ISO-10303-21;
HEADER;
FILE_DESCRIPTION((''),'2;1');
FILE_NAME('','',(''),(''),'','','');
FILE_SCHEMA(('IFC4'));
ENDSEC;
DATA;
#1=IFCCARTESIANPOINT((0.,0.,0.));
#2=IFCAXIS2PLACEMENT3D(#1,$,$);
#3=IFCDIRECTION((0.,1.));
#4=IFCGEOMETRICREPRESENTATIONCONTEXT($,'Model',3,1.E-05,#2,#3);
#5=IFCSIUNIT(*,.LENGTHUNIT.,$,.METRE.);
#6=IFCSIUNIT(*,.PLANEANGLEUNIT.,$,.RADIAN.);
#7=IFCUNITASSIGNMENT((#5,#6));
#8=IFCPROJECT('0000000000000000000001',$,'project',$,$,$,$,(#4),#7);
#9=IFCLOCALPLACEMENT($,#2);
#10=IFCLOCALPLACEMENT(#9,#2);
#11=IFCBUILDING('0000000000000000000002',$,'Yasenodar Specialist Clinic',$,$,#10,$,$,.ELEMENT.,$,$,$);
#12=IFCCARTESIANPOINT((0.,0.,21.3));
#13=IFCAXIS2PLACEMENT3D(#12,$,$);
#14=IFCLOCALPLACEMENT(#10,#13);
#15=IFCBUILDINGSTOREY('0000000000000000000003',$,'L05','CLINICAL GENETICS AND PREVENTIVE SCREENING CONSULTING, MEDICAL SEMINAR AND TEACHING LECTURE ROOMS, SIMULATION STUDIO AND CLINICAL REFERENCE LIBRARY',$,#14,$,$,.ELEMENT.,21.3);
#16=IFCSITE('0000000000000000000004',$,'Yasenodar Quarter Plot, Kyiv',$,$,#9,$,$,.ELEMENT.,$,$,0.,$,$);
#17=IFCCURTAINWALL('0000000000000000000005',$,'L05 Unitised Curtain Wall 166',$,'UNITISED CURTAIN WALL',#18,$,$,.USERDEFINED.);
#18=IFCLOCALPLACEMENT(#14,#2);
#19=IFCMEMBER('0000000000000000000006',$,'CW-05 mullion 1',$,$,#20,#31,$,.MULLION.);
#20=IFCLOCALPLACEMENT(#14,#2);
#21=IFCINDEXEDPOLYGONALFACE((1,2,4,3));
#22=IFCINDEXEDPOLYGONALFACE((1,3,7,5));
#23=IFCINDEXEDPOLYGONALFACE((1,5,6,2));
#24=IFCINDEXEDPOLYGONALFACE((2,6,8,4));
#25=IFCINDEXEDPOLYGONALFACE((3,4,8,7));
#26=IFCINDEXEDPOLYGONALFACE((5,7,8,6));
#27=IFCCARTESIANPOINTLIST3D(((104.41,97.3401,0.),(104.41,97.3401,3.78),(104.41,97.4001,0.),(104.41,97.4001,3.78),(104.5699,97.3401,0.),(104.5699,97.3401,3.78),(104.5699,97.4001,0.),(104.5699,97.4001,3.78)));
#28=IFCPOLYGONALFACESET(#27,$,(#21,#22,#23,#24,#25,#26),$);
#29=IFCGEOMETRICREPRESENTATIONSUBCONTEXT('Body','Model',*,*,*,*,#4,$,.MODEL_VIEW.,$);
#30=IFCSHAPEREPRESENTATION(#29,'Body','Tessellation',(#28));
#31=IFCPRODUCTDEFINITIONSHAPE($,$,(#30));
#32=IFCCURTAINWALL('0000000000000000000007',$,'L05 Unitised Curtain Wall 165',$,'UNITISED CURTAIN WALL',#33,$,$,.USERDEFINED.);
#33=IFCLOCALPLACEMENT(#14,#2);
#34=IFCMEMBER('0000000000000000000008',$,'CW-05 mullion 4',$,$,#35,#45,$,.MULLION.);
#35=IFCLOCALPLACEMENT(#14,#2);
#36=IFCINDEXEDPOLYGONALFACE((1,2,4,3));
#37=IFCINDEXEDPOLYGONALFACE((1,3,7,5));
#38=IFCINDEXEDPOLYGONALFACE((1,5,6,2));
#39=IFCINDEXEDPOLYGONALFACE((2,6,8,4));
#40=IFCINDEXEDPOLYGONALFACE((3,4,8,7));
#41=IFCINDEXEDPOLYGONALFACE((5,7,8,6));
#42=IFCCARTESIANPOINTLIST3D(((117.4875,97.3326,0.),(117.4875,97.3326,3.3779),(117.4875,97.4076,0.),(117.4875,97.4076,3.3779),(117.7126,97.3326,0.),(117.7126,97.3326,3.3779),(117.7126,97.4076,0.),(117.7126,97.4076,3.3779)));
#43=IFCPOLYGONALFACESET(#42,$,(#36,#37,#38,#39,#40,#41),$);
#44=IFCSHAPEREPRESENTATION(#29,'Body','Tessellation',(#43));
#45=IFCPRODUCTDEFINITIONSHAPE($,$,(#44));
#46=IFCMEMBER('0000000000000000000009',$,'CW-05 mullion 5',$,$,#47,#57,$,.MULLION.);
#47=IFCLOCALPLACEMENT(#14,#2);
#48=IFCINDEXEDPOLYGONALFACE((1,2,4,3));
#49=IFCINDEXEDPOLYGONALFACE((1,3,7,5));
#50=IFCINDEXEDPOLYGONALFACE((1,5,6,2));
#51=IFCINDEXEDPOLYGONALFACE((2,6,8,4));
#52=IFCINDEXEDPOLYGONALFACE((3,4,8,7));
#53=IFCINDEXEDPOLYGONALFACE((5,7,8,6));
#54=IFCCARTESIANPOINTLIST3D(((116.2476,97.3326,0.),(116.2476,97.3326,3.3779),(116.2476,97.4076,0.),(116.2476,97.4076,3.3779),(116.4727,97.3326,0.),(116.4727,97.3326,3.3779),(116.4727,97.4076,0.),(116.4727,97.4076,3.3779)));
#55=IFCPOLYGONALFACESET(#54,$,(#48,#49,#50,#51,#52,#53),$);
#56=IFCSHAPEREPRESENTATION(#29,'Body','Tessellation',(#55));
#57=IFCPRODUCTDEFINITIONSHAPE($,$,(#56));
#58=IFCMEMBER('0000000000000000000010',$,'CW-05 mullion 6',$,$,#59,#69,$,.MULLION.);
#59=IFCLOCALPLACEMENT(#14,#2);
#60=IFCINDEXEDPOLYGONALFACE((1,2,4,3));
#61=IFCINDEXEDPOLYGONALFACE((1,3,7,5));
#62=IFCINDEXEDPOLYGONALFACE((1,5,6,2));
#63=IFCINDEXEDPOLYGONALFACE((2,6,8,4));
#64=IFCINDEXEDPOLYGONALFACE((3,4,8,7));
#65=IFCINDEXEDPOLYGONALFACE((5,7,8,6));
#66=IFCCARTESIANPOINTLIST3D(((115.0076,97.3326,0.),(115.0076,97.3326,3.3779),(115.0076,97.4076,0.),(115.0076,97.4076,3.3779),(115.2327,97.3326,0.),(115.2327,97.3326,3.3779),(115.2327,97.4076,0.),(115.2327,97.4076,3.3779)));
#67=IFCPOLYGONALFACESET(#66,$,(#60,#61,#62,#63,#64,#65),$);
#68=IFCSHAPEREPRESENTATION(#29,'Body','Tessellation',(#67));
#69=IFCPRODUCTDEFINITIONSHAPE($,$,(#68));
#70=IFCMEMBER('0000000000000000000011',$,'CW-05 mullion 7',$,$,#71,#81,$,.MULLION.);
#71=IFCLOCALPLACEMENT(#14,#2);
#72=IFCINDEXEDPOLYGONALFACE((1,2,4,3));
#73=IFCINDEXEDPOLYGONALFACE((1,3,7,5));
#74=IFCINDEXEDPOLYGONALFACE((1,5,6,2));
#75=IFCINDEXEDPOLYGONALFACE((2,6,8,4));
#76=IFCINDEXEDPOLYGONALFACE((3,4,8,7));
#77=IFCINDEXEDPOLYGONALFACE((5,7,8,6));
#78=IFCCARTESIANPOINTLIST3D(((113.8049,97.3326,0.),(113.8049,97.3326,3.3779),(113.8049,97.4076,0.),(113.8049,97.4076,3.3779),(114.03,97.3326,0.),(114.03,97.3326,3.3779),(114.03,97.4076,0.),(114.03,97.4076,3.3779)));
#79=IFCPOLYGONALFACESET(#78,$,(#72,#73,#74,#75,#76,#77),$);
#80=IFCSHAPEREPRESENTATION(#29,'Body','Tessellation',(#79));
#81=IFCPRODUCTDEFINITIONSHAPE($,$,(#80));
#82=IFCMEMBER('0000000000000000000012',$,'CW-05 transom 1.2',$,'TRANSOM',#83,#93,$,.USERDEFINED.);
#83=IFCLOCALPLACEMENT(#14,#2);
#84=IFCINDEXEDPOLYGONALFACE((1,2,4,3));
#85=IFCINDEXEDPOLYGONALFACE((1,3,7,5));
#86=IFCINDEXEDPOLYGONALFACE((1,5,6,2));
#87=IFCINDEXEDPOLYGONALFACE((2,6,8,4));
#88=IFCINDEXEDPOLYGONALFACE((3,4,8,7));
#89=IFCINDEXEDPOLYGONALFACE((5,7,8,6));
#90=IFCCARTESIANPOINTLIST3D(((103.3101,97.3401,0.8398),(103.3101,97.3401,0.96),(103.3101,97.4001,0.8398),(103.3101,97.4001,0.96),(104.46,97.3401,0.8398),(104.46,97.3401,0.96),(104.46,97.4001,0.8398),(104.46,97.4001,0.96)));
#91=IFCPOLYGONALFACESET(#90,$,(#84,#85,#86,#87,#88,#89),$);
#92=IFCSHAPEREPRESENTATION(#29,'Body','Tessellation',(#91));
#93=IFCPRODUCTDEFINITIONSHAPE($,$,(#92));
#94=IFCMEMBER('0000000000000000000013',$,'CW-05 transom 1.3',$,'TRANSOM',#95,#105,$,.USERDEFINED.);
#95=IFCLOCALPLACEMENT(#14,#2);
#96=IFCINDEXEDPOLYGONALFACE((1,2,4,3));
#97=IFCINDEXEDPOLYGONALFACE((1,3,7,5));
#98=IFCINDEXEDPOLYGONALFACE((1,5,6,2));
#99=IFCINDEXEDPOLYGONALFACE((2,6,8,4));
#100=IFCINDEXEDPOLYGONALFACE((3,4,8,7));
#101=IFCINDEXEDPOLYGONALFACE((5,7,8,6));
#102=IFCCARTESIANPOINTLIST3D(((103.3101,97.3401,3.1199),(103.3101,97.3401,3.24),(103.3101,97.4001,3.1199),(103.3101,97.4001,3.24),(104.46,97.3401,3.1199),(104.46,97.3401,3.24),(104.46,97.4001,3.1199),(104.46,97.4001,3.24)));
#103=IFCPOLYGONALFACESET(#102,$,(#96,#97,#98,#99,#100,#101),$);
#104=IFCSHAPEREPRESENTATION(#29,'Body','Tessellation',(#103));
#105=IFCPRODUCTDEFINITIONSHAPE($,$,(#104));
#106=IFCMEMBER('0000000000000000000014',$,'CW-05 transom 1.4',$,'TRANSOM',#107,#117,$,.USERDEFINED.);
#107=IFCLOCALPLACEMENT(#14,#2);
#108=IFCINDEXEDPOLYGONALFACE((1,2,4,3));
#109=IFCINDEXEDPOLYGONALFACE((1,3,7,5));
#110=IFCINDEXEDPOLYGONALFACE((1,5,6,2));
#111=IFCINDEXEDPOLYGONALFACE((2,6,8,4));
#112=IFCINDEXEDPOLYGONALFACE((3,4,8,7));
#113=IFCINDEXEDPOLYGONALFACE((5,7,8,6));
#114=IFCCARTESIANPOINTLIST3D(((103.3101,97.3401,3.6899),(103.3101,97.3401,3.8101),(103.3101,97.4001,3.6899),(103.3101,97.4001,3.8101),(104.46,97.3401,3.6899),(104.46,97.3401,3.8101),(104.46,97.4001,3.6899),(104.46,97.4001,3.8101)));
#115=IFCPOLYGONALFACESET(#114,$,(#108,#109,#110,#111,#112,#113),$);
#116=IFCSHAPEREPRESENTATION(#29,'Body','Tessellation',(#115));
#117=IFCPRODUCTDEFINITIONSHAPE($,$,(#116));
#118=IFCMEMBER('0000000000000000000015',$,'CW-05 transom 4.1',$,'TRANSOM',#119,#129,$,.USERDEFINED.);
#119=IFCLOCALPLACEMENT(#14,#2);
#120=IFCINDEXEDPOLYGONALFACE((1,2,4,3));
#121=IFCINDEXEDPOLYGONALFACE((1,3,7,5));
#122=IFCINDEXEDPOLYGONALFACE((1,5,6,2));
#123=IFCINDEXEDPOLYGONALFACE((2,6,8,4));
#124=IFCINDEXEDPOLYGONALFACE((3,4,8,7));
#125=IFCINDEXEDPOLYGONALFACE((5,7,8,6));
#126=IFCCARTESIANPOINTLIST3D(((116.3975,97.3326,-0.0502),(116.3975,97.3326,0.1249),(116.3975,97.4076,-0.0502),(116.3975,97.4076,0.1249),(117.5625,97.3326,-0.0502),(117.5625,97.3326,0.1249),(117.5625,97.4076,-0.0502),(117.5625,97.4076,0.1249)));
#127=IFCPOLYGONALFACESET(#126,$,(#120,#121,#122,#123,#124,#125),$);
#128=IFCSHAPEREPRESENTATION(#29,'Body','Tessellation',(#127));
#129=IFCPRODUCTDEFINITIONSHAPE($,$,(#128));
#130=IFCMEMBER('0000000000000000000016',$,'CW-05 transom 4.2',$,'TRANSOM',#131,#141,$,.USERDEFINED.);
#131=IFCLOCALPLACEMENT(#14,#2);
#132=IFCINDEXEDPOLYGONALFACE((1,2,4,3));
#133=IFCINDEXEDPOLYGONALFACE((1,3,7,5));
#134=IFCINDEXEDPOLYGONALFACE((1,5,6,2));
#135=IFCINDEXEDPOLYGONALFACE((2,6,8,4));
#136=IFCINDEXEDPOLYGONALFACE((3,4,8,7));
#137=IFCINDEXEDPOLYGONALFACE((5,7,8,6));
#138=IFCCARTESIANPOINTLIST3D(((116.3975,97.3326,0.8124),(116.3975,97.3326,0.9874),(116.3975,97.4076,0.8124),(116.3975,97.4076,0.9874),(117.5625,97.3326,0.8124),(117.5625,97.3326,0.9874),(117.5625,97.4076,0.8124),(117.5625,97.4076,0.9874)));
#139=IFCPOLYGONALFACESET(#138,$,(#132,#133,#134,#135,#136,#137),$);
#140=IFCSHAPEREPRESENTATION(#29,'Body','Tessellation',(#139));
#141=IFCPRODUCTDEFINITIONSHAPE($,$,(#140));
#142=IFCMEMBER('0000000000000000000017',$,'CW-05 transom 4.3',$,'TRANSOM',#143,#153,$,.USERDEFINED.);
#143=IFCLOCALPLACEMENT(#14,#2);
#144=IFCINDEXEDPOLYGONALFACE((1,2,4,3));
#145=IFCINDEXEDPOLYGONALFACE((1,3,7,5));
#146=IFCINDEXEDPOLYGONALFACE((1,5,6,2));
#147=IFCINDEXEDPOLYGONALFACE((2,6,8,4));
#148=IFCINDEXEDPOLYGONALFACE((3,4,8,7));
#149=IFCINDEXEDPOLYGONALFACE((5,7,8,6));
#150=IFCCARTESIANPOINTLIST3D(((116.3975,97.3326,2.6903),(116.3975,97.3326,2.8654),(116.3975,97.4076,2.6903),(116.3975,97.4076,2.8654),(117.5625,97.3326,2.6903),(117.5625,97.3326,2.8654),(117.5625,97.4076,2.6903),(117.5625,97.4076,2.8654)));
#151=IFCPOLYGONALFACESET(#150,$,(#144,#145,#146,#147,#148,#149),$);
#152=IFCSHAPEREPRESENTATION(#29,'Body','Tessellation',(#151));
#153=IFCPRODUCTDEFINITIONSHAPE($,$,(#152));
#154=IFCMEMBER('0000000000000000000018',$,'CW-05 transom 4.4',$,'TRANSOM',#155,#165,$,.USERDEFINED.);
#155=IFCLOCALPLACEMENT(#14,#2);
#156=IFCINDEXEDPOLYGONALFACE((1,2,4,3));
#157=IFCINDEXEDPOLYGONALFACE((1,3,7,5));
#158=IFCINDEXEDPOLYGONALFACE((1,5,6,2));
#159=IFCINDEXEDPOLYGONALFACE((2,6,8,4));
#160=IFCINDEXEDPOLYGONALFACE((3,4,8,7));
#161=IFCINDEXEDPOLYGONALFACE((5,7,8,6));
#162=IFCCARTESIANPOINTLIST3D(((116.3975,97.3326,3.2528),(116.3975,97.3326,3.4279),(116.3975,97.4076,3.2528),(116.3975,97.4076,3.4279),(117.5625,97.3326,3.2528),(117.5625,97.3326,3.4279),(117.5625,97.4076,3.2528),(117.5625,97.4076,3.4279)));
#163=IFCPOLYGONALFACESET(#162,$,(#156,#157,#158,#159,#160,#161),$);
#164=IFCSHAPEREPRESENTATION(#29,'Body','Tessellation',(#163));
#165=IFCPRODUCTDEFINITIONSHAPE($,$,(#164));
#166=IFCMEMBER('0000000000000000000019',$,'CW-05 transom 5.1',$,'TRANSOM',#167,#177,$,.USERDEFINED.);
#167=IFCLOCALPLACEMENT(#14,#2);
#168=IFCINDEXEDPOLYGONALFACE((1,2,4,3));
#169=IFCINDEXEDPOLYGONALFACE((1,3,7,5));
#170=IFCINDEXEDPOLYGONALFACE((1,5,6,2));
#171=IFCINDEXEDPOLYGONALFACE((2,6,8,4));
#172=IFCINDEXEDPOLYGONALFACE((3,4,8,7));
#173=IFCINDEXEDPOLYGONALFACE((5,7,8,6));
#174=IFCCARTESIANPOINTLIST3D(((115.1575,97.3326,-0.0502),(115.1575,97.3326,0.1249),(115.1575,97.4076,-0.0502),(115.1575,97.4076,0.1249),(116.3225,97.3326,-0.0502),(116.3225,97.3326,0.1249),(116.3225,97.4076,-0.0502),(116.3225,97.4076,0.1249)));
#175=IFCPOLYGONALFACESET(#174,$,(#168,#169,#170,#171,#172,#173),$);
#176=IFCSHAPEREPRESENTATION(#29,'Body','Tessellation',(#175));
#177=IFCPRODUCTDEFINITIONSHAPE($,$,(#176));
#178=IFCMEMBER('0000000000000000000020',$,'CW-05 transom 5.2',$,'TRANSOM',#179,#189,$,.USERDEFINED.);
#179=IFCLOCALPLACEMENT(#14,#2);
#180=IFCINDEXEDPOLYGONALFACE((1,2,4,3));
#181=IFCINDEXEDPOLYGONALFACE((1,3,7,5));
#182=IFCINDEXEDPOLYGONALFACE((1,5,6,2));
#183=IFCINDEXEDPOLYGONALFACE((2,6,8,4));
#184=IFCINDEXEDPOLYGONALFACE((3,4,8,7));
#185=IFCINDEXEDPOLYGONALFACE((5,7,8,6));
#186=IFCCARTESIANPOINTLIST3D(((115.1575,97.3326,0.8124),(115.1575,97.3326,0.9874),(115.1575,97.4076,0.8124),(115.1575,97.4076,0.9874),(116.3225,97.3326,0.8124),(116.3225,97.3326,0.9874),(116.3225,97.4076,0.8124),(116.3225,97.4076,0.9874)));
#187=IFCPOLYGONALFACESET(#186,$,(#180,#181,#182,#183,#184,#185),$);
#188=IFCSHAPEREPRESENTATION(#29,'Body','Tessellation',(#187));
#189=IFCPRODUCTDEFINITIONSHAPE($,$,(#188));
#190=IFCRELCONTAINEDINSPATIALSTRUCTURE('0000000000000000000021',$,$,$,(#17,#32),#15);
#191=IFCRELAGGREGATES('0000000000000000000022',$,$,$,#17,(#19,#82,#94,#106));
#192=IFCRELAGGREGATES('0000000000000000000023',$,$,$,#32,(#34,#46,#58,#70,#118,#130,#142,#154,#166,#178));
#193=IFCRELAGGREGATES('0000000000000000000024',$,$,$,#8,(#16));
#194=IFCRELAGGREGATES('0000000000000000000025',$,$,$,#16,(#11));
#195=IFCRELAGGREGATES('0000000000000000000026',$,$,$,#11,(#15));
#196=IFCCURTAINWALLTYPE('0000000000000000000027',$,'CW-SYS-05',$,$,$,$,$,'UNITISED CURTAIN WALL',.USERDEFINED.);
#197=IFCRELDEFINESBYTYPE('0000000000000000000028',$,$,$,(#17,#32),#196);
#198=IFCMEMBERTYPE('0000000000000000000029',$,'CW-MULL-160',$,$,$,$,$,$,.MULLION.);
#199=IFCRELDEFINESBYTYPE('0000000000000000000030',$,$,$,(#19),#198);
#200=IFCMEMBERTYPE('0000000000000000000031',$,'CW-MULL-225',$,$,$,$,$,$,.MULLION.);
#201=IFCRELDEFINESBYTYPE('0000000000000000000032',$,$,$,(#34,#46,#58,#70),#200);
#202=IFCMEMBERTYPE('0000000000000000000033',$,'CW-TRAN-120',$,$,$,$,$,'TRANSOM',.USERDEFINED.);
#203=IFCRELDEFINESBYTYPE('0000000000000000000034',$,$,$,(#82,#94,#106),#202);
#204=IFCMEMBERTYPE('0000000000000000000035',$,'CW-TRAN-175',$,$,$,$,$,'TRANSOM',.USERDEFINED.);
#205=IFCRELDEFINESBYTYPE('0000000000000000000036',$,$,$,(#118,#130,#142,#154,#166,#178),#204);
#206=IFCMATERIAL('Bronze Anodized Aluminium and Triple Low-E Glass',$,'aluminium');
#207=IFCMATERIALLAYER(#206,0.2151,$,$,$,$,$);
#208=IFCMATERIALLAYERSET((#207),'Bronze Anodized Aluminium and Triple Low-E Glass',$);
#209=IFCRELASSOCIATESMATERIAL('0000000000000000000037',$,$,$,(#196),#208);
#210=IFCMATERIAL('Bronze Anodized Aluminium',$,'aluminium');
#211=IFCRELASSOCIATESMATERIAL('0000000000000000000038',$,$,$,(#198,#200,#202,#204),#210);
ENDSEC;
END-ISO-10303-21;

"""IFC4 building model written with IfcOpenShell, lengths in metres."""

from ifc_helpers import new_model, si_unit, direction, frame, origin, origin_2d, place, context, subcontext, project, spatial, rectangle, extrude, material, layer, layer_set, material_profile, profile_set, type_object, element, aggregate, save


model = new_model("IFC4")

# Units and contexts
model_context = context("Model", 3, precision=1e-05, world=origin(), true_north=direction((0.0, 1.0)))
body_context = subcontext(model_context, "Body", "Model", "MODEL_VIEW")
ifc_project = project(units=[si_unit("LENGTHUNIT", "METRE"), si_unit("PLANEANGLEUNIT", "RADIAN")], contexts=[model_context])

# Site, building, storey
site_placement = place(None, origin())
site = spatial("IfcSite", under=ifc_project, at=site_placement, Name="Yasenodar Quarter Plot, Kyiv", CompositionType="ELEMENT", RefElevation=0.0)
building_placement = place(site_placement, origin())
building = spatial("IfcBuilding", under=site, at=building_placement, Name="Yasenodar Specialist Clinic", CompositionType="ELEMENT")
storey_placement = place(building_placement, frame((0.0, 0.0, 21.3)))
storey = spatial("IfcBuildingStorey", under=building, at=storey_placement, Name="L05", Description="CLINICAL GENETICS AND PREVENTIVE SCREENING CONSULTING, MEDICAL SEMINAR AND TEACHING LECTURE ROOMS, SIMULATION STUDIO AND CLINICAL REFERENCE LIBRARY", CompositionType="ELEMENT", Elevation=21.3)

# Curtain wall, member
ifc_material_1 = material(Name="Bronze Anodized Aluminium and Triple Low-E Glass", Category="aluminium")
ifc_layer_1 = layer(ifc_material_1, 0.2151)
ifc_layer_set_1 = layer_set([ifc_layer_1], Name="Bronze Anodized Aluminium and Triple Low-E Glass")
curtain_wall_type = type_object("IfcCurtainWallType", Name="CW-SYS-05", ElementType="UNITISED CURTAIN WALL", PredefinedType="USERDEFINED", material=ifc_layer_set_1)
curtain_wall_1_placement = place(storey_placement, origin())
curtain_wall_1 = element("IfcCurtainWall", 1, at=curtain_wall_1_placement, inside=storey, type_object=curtain_wall_type, Name="L05 Unitised Curtain Wall 166", ObjectType="UNITISED CURTAIN WALL", PredefinedType="USERDEFINED")
ifc_material_2 = material(Name="Bronze Anodized Aluminium", Category="aluminium")
ifc_material_profile_1 = material_profile(ifc_material_2, rectangle(XDim=0.0601, YDim=0.1599, at=origin_2d()), Name="CW-MULL 60x160")
ifc_profile_set_1 = profile_set([ifc_material_profile_1], Name="Bronze Anodized Aluminium")
member_type_1 = type_object("IfcMemberType", Name="CW-MULL-160", PredefinedType="MULLION", material=ifc_profile_set_1)
member_1_placement = place(storey_placement, frame((104.49, 97.3701, 0.0), z_axis=(0.0, 0.0, 1.0), x_axis=(0.0, -1.0, 0.0)))
member_1 = element("IfcMember", 2, at=member_1_placement, type_object=member_type_1, Name="CW-05 mullion 1", PredefinedType="MULLION", context=body_context, shape_type="SweptSolid", body=[
    extrude(rectangle(XDim=0.0601, YDim=0.1599, at=origin_2d()), origin(), (0.0, 0.0, 1.0), 3.78),
])

# Curtain wall, members
curtain_wall_2_placement = place(storey_placement, origin())
curtain_wall_2 = element("IfcCurtainWall", 3, at=curtain_wall_2_placement, inside=storey, type_object=curtain_wall_type, Name="L05 Unitised Curtain Wall 165", ObjectType="UNITISED CURTAIN WALL", PredefinedType="USERDEFINED")
ifc_material_profile_2 = material_profile(ifc_material_2, rectangle(XDim=0.075, YDim=0.2251, at=origin_2d()), Name="CW-MULL 75x225")
ifc_profile_set_2 = profile_set([ifc_material_profile_2], Name="Bronze Anodized Aluminium")
member_type_2 = type_object("IfcMemberType", Name="CW-MULL-225", PredefinedType="MULLION", material=ifc_profile_set_2)
member_2_placement = place(storey_placement, frame((117.6001, 97.3701, 0.0), z_axis=(0.0, 0.0, 1.0), x_axis=(0.0, -1.0, 0.0)))
member_2 = element("IfcMember", 4, at=member_2_placement, type_object=member_type_2, Name="CW-05 mullion 4", PredefinedType="MULLION", context=body_context, shape_type="SweptSolid", body=[
    extrude(rectangle(XDim=0.075, YDim=0.2251, at=origin_2d()), origin(), (0.0, 0.0, 1.0), 3.3779),
])
member_3_placement = place(storey_placement, frame((116.3601, 97.3701, 0.0), z_axis=(0.0, 0.0, 1.0), x_axis=(0.0, -1.0, 0.0)))
member_3 = element("IfcMember", 5, at=member_3_placement, type_object=member_type_2, Name="CW-05 mullion 5", PredefinedType="MULLION", context=body_context, shape_type="SweptSolid", body=[
    extrude(rectangle(XDim=0.075, YDim=0.2251, at=origin_2d()), origin(), (0.0, 0.0, 1.0), 3.3779),
])
member_4_placement = place(storey_placement, frame((115.1201, 97.3701, 0.0), z_axis=(0.0, 0.0, 1.0), x_axis=(0.0, -1.0, 0.0)))
member_4 = element("IfcMember", 6, at=member_4_placement, type_object=member_type_2, Name="CW-05 mullion 6", PredefinedType="MULLION", context=body_context, shape_type="SweptSolid", body=[
    extrude(rectangle(XDim=0.075, YDim=0.2251, at=origin_2d()), origin(), (0.0, 0.0, 1.0), 3.3779),
])
member_5_placement = place(storey_placement, frame((113.9175, 97.3701, 0.0), z_axis=(0.0, 0.0, 1.0), x_axis=(0.0, -1.0, 0.0)))
member_5 = element("IfcMember", 7, at=member_5_placement, type_object=member_type_2, Name="CW-05 mullion 7", PredefinedType="MULLION", context=body_context, shape_type="SweptSolid", body=[
    extrude(rectangle(XDim=0.075, YDim=0.2251, at=origin_2d()), origin(), (0.0, 0.0, 1.0), 3.3779),
])

# Members
ifc_material_profile_3 = material_profile(ifc_material_2, rectangle(XDim=0.0601, YDim=0.1201, at=origin_2d()), Name="CW-TRAN 60x120")
ifc_profile_set_3 = profile_set([ifc_material_profile_3], Name="Bronze Anodized Aluminium")
member_type_3 = type_object("IfcMemberType", Name="CW-TRAN-120", ElementType="TRANSOM", PredefinedType="USERDEFINED", material=ifc_profile_set_3)
member_6_placement = place(storey_placement, frame((104.46, 97.3701, 0.8999), z_axis=(-1.0, 0.0, 0.0), x_axis=(0.0, -1.0, 0.0)))
member_6 = element("IfcMember", 8, at=member_6_placement, type_object=member_type_3, Name="CW-05 transom 1.2", ObjectType="TRANSOM", PredefinedType="USERDEFINED", context=body_context, shape_type="SweptSolid", body=[
    extrude(rectangle(XDim=0.0601, YDim=0.1201, at=origin_2d()), origin(), (0.0, 0.0, 1.0), 1.1499),
])
member_7_placement = place(storey_placement, frame((104.46, 97.3701, 3.1799), z_axis=(-1.0, 0.0, 0.0), x_axis=(0.0, -1.0, 0.0)))
member_7 = element("IfcMember", 9, at=member_7_placement, type_object=member_type_3, Name="CW-05 transom 1.3", ObjectType="TRANSOM", PredefinedType="USERDEFINED", context=body_context, shape_type="SweptSolid", body=[
    extrude(rectangle(XDim=0.0601, YDim=0.1201, at=origin_2d()), origin(), (0.0, 0.0, 1.0), 1.1499),
])
member_8_placement = place(storey_placement, frame((104.46, 97.3701, 3.75), z_axis=(-1.0, 0.0, 0.0), x_axis=(0.0, -1.0, 0.0)))
member_8 = element("IfcMember", 10, at=member_8_placement, type_object=member_type_3, Name="CW-05 transom 1.4", ObjectType="TRANSOM", PredefinedType="USERDEFINED", context=body_context, shape_type="SweptSolid", body=[
    extrude(rectangle(XDim=0.0601, YDim=0.1201, at=origin_2d()), origin(), (0.0, 0.0, 1.0), 1.1499),
])
aggregate(curtain_wall_1, [member_1, member_6, member_7, member_8])
ifc_material_profile_4 = material_profile(ifc_material_2, rectangle(XDim=0.075, YDim=0.175, at=origin_2d()), Name="CW-TRAN 75x175")
ifc_profile_set_4 = profile_set([ifc_material_profile_4], Name="Bronze Anodized Aluminium")
member_type_4 = type_object("IfcMemberType", Name="CW-TRAN-175", ElementType="TRANSOM", PredefinedType="USERDEFINED", material=ifc_profile_set_4)
member_9_placement = place(storey_placement, frame((117.5625, 97.3701, 0.0374), z_axis=(-1.0, 0.0, 0.0), x_axis=(0.0, -1.0, 0.0)))
member_9 = element("IfcMember", 11, at=member_9_placement, type_object=member_type_4, Name="CW-05 transom 4.1", ObjectType="TRANSOM", PredefinedType="USERDEFINED", context=body_context, shape_type="SweptSolid", body=[
    extrude(rectangle(XDim=0.075, YDim=0.175, at=origin_2d()), origin(), (0.0, 0.0, 1.0), 1.165),
])
member_10_placement = place(storey_placement, frame((117.5625, 97.3701, 0.8999), z_axis=(-1.0, 0.0, 0.0), x_axis=(0.0, -1.0, 0.0)))
member_10 = element("IfcMember", 12, at=member_10_placement, type_object=member_type_4, Name="CW-05 transom 4.2", ObjectType="TRANSOM", PredefinedType="USERDEFINED", context=body_context, shape_type="SweptSolid", body=[
    extrude(rectangle(XDim=0.075, YDim=0.175, at=origin_2d()), origin(), (0.0, 0.0, 1.0), 1.165),
])
member_11_placement = place(storey_placement, frame((117.5625, 97.3701, 2.7778), z_axis=(-1.0, 0.0, 0.0), x_axis=(0.0, -1.0, 0.0)))
member_11 = element("IfcMember", 13, at=member_11_placement, type_object=member_type_4, Name="CW-05 transom 4.3", ObjectType="TRANSOM", PredefinedType="USERDEFINED", context=body_context, shape_type="SweptSolid", body=[
    extrude(rectangle(XDim=0.075, YDim=0.175, at=origin_2d()), origin(), (0.0, 0.0, 1.0), 1.165),
])
member_12_placement = place(storey_placement, frame((117.5625, 97.3701, 3.3403), z_axis=(-1.0, 0.0, 0.0), x_axis=(0.0, -1.0, 0.0)))
member_12 = element("IfcMember", 14, at=member_12_placement, type_object=member_type_4, Name="CW-05 transom 4.4", ObjectType="TRANSOM", PredefinedType="USERDEFINED", context=body_context, shape_type="SweptSolid", body=[
    extrude(rectangle(XDim=0.075, YDim=0.175, at=origin_2d()), origin(), (0.0, 0.0, 1.0), 1.165),
])
member_13_placement = place(storey_placement, frame((116.3225, 97.3701, 0.0374), z_axis=(-1.0, 0.0, 0.0), x_axis=(0.0, -1.0, 0.0)))
member_13 = element("IfcMember", 15, at=member_13_placement, type_object=member_type_4, Name="CW-05 transom 5.1", ObjectType="TRANSOM", PredefinedType="USERDEFINED", context=body_context, shape_type="SweptSolid", body=[
    extrude(rectangle(XDim=0.075, YDim=0.175, at=origin_2d()), origin(), (0.0, 0.0, 1.0), 1.165),
])
member_14_placement = place(storey_placement, frame((116.3225, 97.3701, 0.8999), z_axis=(-1.0, 0.0, 0.0), x_axis=(0.0, -1.0, 0.0)))
member_14 = element("IfcMember", 16, at=member_14_placement, type_object=member_type_4, Name="CW-05 transom 5.2", ObjectType="TRANSOM", PredefinedType="USERDEFINED", context=body_context, shape_type="SweptSolid", body=[
    extrude(rectangle(XDim=0.075, YDim=0.175, at=origin_2d()), origin(), (0.0, 0.0, 1.0), 1.165),
])

aggregate(curtain_wall_2, [member_2, member_3, member_4, member_5, member_9, member_10, member_11, member_12, member_13, member_14])

save(model, "model.ifc")
